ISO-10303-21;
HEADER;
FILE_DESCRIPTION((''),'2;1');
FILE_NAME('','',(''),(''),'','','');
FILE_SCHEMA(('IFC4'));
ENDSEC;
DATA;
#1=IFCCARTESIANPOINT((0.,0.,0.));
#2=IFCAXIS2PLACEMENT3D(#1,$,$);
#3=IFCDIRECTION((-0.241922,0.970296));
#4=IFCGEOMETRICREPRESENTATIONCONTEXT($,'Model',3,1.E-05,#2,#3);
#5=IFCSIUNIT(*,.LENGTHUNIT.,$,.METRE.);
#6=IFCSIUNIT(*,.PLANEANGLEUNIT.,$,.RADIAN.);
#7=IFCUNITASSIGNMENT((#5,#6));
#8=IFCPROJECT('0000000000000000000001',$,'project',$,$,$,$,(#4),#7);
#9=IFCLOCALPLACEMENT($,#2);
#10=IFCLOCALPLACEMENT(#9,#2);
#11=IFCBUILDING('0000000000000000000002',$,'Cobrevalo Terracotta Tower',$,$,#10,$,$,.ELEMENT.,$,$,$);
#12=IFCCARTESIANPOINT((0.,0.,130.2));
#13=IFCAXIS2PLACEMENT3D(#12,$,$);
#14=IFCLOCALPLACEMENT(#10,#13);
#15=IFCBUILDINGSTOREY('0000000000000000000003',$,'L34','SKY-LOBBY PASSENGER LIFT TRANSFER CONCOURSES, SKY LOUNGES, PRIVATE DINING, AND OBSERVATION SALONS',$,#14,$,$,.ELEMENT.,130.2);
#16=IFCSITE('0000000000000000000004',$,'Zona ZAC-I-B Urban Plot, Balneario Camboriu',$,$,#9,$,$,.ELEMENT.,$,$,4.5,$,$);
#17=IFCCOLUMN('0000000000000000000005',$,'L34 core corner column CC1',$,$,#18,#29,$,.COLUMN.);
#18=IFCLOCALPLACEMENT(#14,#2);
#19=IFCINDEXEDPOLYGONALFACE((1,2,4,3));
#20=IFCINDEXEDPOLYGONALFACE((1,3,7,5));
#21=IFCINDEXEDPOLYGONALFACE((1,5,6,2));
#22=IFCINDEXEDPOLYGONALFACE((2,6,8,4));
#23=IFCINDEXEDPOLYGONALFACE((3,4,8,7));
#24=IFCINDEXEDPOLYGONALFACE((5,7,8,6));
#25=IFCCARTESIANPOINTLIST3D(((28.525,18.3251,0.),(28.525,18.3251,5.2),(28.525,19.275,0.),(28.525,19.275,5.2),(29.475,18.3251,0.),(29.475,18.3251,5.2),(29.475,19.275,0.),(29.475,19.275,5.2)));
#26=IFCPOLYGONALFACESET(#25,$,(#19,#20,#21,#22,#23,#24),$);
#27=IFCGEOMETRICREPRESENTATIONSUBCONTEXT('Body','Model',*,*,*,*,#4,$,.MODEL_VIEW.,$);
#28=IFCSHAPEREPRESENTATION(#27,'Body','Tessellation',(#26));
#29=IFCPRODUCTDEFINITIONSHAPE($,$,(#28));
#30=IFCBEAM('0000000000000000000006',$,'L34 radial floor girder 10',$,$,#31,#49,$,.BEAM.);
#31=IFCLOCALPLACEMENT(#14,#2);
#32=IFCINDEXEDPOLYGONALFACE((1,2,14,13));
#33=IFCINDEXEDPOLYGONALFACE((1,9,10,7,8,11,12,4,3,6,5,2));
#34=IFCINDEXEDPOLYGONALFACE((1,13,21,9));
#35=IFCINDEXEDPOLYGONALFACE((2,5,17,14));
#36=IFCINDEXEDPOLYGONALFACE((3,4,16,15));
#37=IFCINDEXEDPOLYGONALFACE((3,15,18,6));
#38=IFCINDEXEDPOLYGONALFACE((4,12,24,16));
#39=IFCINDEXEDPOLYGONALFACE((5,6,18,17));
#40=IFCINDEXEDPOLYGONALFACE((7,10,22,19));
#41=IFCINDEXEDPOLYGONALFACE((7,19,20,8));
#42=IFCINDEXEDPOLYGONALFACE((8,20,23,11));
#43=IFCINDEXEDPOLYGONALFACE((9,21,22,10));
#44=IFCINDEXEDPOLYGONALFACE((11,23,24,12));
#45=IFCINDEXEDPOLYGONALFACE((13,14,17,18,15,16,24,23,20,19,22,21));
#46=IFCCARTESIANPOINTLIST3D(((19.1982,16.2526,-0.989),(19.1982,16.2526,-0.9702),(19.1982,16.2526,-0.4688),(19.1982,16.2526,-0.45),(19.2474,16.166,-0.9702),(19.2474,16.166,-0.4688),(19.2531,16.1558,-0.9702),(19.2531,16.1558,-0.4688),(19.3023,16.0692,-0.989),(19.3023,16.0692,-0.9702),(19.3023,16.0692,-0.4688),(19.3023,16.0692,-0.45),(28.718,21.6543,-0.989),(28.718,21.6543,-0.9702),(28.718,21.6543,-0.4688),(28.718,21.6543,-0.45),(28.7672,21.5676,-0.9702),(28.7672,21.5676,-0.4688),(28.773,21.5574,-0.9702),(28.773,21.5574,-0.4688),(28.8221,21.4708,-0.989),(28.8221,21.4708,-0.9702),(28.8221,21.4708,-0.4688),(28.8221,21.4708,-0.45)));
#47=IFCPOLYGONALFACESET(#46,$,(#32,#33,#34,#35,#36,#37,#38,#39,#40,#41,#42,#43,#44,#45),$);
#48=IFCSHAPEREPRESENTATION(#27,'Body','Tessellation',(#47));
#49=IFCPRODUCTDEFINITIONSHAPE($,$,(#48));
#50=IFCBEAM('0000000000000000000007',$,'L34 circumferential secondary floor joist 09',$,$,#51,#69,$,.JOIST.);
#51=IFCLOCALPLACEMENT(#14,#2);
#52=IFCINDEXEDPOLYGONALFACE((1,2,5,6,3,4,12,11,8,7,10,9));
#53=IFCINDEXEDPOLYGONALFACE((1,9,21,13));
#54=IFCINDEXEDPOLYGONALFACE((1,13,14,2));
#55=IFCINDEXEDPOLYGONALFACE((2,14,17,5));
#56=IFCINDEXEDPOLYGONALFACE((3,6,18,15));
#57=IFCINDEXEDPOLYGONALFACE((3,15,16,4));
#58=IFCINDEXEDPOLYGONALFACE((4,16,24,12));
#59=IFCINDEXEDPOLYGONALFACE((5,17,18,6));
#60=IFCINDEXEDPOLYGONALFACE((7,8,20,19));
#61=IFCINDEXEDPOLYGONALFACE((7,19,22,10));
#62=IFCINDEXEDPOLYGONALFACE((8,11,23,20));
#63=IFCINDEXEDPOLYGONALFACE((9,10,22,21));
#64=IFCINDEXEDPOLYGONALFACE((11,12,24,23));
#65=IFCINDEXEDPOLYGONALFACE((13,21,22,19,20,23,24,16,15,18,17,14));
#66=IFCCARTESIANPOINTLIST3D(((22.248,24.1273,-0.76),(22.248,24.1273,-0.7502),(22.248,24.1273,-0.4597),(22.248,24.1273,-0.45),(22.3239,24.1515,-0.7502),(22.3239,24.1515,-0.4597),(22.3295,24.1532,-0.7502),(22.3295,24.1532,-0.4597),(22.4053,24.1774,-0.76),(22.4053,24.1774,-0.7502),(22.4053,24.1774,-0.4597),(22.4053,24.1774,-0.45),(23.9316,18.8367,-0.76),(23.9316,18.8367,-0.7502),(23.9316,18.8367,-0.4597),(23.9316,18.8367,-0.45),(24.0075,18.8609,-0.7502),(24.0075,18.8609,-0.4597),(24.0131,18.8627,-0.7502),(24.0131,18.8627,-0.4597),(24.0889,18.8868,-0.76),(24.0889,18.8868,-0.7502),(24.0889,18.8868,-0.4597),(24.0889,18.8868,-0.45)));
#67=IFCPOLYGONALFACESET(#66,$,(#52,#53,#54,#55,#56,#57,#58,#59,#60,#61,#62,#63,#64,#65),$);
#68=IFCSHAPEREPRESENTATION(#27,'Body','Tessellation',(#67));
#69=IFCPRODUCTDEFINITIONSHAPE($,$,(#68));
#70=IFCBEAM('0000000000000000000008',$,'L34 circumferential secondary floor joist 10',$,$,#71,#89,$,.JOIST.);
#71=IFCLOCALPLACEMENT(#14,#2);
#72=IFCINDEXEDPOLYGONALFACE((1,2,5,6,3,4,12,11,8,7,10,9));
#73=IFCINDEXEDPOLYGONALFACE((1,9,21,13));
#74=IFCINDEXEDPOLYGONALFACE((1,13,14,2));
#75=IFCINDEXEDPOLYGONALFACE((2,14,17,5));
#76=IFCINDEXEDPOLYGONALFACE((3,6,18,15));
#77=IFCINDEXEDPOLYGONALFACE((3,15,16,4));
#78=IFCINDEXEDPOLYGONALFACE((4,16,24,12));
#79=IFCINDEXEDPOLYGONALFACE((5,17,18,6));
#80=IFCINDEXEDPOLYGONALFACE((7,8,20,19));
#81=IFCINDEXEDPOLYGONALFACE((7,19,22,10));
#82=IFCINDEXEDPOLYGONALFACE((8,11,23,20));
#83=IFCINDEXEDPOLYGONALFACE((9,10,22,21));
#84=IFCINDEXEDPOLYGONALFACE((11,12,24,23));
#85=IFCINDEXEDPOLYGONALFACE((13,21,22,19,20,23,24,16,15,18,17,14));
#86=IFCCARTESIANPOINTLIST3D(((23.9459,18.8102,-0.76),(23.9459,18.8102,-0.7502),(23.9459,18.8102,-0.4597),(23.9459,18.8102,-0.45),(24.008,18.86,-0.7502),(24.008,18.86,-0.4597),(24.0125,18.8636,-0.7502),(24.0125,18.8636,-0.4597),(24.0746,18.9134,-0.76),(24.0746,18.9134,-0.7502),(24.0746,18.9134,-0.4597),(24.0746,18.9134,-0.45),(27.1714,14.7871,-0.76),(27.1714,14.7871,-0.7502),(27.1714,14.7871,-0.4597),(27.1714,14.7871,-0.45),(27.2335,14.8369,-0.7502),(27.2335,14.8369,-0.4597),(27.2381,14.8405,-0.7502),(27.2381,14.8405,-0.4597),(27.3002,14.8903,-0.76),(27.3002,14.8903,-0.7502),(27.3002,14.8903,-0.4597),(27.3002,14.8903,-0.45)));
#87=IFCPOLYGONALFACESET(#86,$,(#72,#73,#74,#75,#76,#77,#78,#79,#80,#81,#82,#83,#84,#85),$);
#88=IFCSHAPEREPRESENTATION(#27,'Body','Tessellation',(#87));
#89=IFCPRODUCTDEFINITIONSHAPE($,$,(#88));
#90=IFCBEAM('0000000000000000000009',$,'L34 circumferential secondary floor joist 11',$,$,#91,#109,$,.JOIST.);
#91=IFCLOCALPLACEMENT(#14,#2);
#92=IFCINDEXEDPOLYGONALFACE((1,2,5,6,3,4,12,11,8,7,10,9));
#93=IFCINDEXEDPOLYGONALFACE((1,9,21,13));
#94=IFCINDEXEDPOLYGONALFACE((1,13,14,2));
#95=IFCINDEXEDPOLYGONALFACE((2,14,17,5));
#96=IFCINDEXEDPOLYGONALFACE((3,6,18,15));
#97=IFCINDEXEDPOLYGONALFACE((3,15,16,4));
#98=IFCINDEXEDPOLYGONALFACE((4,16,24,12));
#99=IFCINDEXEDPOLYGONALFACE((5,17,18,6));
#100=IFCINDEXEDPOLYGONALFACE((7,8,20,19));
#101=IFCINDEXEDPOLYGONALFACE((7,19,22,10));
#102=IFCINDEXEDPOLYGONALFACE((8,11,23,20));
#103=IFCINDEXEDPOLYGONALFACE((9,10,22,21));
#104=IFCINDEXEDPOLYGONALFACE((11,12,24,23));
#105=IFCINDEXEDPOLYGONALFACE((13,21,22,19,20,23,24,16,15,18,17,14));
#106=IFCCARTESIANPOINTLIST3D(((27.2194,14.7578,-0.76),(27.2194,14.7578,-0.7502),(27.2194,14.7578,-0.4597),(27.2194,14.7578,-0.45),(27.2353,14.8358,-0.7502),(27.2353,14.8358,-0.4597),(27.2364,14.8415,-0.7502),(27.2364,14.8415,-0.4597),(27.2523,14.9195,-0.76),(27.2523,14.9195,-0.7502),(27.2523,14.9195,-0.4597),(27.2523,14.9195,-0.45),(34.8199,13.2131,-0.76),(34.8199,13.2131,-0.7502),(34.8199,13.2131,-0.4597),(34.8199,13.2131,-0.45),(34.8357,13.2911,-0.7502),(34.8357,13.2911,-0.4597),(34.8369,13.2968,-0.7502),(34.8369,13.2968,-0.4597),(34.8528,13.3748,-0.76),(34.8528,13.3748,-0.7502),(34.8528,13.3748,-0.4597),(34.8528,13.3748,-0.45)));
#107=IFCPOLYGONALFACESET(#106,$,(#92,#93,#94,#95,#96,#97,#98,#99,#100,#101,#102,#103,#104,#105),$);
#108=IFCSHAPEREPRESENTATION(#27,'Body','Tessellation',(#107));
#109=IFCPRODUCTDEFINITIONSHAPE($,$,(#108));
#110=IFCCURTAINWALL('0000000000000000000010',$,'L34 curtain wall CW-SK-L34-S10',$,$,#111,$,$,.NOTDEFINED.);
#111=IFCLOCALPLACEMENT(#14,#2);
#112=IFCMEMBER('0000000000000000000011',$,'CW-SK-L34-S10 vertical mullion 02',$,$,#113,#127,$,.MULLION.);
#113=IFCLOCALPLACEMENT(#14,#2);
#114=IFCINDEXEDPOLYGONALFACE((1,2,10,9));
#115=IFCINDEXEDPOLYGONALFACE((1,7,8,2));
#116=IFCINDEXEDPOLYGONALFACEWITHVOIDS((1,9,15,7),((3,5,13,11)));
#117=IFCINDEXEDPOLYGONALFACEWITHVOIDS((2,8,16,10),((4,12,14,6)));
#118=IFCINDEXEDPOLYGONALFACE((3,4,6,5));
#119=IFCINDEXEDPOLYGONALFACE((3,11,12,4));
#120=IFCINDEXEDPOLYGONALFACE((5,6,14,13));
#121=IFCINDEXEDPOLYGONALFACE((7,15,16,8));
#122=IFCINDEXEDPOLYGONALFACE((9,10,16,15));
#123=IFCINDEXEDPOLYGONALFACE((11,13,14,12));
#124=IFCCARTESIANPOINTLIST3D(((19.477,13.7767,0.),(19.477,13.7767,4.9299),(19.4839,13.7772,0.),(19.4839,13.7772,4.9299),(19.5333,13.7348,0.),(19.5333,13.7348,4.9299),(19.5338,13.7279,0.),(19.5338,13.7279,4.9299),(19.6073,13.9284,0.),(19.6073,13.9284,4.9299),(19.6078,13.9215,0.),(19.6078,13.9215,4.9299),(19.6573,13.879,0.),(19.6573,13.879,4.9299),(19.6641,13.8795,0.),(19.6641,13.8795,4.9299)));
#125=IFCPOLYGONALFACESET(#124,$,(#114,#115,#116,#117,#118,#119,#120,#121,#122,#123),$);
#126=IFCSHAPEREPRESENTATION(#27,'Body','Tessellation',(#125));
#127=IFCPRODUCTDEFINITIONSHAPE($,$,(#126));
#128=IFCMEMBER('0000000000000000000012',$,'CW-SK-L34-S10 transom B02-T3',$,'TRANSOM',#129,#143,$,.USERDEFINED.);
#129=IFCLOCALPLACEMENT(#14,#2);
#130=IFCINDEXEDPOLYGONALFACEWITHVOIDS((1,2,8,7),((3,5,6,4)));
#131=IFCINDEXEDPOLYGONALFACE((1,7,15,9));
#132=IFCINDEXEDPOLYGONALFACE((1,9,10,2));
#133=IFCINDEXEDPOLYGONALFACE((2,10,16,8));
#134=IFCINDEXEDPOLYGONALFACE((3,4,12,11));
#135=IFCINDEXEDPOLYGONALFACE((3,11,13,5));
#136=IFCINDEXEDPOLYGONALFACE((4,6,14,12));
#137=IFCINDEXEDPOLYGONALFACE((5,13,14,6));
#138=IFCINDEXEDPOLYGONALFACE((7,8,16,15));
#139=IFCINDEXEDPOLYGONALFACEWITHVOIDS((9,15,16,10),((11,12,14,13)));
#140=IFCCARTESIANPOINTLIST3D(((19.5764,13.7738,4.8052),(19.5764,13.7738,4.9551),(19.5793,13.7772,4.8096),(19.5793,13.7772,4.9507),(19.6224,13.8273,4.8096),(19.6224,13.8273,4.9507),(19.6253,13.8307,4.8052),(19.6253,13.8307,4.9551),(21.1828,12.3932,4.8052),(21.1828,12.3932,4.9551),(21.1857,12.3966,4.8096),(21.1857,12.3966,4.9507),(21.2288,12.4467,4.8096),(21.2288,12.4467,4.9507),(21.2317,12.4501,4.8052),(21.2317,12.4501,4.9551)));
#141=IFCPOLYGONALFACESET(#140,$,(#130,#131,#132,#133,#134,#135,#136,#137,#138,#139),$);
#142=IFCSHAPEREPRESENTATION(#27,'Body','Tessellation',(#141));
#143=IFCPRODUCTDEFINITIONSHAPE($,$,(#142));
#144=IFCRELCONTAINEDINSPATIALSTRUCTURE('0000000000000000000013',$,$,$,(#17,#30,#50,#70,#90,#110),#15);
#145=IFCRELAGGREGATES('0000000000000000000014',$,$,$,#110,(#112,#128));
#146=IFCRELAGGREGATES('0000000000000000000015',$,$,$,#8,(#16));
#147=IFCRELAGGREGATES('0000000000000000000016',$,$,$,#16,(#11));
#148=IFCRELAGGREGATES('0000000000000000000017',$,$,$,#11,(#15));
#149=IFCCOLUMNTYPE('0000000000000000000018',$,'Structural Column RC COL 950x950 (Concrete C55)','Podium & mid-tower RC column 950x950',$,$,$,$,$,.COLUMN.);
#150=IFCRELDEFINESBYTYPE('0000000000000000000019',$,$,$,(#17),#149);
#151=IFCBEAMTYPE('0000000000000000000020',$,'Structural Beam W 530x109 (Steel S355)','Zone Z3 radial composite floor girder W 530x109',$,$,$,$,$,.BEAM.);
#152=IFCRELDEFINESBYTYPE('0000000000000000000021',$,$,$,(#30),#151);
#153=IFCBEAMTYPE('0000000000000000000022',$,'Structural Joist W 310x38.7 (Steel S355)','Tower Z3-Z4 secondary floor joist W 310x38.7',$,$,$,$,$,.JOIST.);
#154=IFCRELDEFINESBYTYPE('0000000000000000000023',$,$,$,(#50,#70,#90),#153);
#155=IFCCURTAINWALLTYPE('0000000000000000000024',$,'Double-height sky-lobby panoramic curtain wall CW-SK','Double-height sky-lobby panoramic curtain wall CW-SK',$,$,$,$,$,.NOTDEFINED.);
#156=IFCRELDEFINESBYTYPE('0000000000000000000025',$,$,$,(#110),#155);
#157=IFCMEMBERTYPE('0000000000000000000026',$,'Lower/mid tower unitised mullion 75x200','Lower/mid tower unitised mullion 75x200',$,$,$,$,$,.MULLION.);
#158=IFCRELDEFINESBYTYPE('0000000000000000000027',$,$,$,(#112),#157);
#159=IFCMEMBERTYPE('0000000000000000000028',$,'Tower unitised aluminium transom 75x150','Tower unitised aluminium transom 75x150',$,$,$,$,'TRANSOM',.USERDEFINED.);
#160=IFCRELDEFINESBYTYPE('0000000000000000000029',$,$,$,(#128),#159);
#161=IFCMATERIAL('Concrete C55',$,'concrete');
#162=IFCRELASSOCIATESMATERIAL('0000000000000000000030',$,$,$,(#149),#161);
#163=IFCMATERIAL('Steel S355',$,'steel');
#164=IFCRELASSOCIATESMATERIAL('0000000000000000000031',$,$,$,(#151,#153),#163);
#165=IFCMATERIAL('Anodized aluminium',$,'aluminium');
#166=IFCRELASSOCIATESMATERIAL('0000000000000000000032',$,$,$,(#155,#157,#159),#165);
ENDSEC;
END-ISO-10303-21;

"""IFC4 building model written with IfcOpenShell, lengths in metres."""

from ifc_helpers import new_model, si_unit, direction, frame, origin, origin_2d, place, context, subcontext, project, spatial, rectangle, hollow_rectangle, i_section, extrude, source, transform, mapped, material, material_profile, profile_set, type_object, element, aggregate, save


model = new_model("IFC4")

# Units and contexts
model_context = context("Model", 3, precision=1e-05, world=origin(), true_north=direction((-0.241922, 0.970296)))
body_context = subcontext(model_context, "Body", "Model", "MODEL_VIEW")
ifc_project = project(units=[si_unit("LENGTHUNIT", "METRE"), si_unit("PLANEANGLEUNIT", "RADIAN")], contexts=[model_context])

# Site, building, storey
site_placement = place(None, origin())
site = spatial("IfcSite", under=ifc_project, at=site_placement, Name="Zona ZAC-I-B Urban Plot, Balneario Camboriu", CompositionType="ELEMENT", RefElevation=4.5)
building_placement = place(site_placement, origin())
building = spatial("IfcBuilding", under=site, at=building_placement, Name="Cobrevalo Terracotta Tower", CompositionType="ELEMENT")
storey_placement = place(building_placement, frame((0.0, 0.0, 130.2)))
storey = spatial("IfcBuildingStorey", under=building, at=storey_placement, Name="L34", Description="SKY-LOBBY PASSENGER LIFT TRANSFER CONCOURSES, SKY LOUNGES, PRIVATE DINING, AND OBSERVATION SALONS", CompositionType="ELEMENT", Elevation=130.2)

# Column
ifc_material_1 = material(Name="Concrete C55", Category="concrete")
ifc_material_profile_1 = material_profile(ifc_material_1, rectangle(XDim=0.95, YDim=0.95, at=origin_2d()), Name="RC COL 950x950")
ifc_profile_set_1 = profile_set([ifc_material_profile_1], Name="Concrete C55")
column_type = type_object("IfcColumnType", Name="Structural Column RC COL 950x950 (Concrete C55)", Description="Podium & mid-tower RC column 950x950", PredefinedType="COLUMN", material=ifc_profile_set_1)
column_placement = place(storey_placement, frame((29.0, 18.8, 0.0), z_axis=(0.0, 0.0, 1.0), x_axis=(1.0, 0.0, 0.0)))
element("IfcColumn", 1, at=column_placement, inside=storey, type_object=column_type, Name="L34 core corner column CC1", PredefinedType="COLUMN", context=body_context, shape_type="SweptSolid", body=[
    extrude(rectangle(XDim=0.95, YDim=0.95, at=origin_2d()), origin(), (0.0, 0.0, 1.0), 5.2),
])

# Beams
ifc_material_2 = material(Name="Steel S355", Category="steel")
ifc_material_profile_2 = material_profile(ifc_material_2, i_section(OverallWidth=0.2109, OverallDepth=0.5391, WebThickness=0.0117, FlangeThickness=0.0188, at=origin_2d()), Name="W 530x109")
ifc_profile_set_2 = profile_set([ifc_material_profile_2], Name="Steel S355")
beam_type_1 = type_object("IfcBeamType", Name="Structural Beam W 530x109 (Steel S355)", Description="Zone Z3 radial composite floor girder W 530x109", PredefinedType="BEAM", material=ifc_profile_set_2)
beam_1_placement = place(storey_placement, frame((19.2502, 16.1609, -0.7195), z_axis=(0.869745, 0.493502, 0.0), x_axis=(-0.493502, 0.869745, 0.0)))
element("IfcBeam", 2, at=beam_1_placement, inside=storey, type_object=beam_type_1, Name="L34 radial floor girder 10", PredefinedType="BEAM", context=body_context, shape_type="SweptSolid", body=[
    extrude(i_section(OverallWidth=0.2109, OverallDepth=0.5391, WebThickness=0.0117, FlangeThickness=0.0188, at=origin_2d()), origin(), (0.0, 0.0, 1.0), 10.9456),
])
ifc_material_profile_3 = material_profile(ifc_material_2, i_section(OverallWidth=0.165, OverallDepth=0.3101, WebThickness=0.0059, FlangeThickness=0.0098, at=origin_2d()), Name="W 310x38.7")
ifc_profile_set_3 = profile_set([ifc_material_profile_3], Name="Steel S355")
beam_type_2 = type_object("IfcBeamType", Name="Structural Joist W 310x38.7 (Steel S355)", Description="Tower Z3-Z4 secondary floor joist W 310x38.7", PredefinedType="JOIST", material=ifc_profile_set_3)
beam_2_placement = place(storey_placement, frame((22.3267, 24.1523, -0.605), z_axis=(0.303244, -0.952913, 0.0), x_axis=(0.952913, 0.303244, 0.0)))
element("IfcBeam", 3, at=beam_2_placement, inside=storey, type_object=beam_type_2, Name="L34 circumferential secondary floor joist 09", PredefinedType="JOIST", context=body_context, shape_type="SweptSolid", body=[
    extrude(i_section(OverallWidth=0.165, OverallDepth=0.3101, WebThickness=0.0059, FlangeThickness=0.0098, at=origin_2d()), origin(), (0.0, 0.0, 1.0), 5.552),
])
beam_3_placement = place(storey_placement, frame((24.0103, 18.8618, -0.605), z_axis=(0.625526, -0.780203, 0.0), x_axis=(0.780203, 0.625526, 0.0)))
element("IfcBeam", 4, at=beam_3_placement, inside=storey, type_object=beam_type_2, Name="L34 circumferential secondary floor joist 10", PredefinedType="JOIST", context=body_context, shape_type="SweptSolid", body=[
    extrude(i_section(OverallWidth=0.165, OverallDepth=0.3101, WebThickness=0.0059, FlangeThickness=0.0098, at=origin_2d()), origin(), (0.0, 0.0, 1.0), 5.1565),
])
beam_4_placement = place(storey_placement, frame((27.2358, 14.8386, -0.605), z_axis=(0.979967, -0.19916, 0.0), x_axis=(0.19916, 0.979967, 0.0)))
element("IfcBeam", 5, at=beam_4_placement, inside=storey, type_object=beam_type_2, Name="L34 circumferential secondary floor joist 11", PredefinedType="JOIST", context=body_context, shape_type="SweptSolid", body=[
    extrude(i_section(OverallWidth=0.165, OverallDepth=0.3101, WebThickness=0.0059, FlangeThickness=0.0098, at=origin_2d()), origin(), (0.0, 0.0, 1.0), 7.7559),
])

# Curtain wall, members
ifc_material_3 = material(Name="Anodized aluminium", Category="aluminium")
curtain_wall_type = type_object("IfcCurtainWallType", Name="Double-height sky-lobby panoramic curtain wall CW-SK", Description="Double-height sky-lobby panoramic curtain wall CW-SK", PredefinedType="NOTDEFINED", material=ifc_material_3)
curtain_wall_placement = place(storey_placement, origin())
curtain_wall = element("IfcCurtainWall", 6, at=curtain_wall_placement, inside=storey, type_object=curtain_wall_type, Name="L34 curtain wall CW-SK-L34-S10", PredefinedType="NOTDEFINED")
ifc_material_profile_4 = material_profile(ifc_material_3, hollow_rectangle(XDim=0.075, YDim=0.2, WallThickness=0.0049, at=origin_2d()), Name="CWM 75x200")
ifc_profile_set_4 = profile_set([ifc_material_profile_4], Name="Anodized aluminium")
member_type_1 = type_object("IfcMemberType", Name="Lower/mid tower unitised mullion 75x200", Description="Lower/mid tower unitised mullion 75x200", PredefinedType="MULLION", material=ifc_profile_set_4)
shared_shape_1 = source(origin(), body_context, "Body", "SweptSolid", [
    extrude(hollow_rectangle(XDim=0.075, YDim=0.2, WallThickness=0.0049, at=origin_2d()), origin(), (0.0, 0.0, 1.0), 4.9299),
])
member_1_placement = place(storey_placement, frame((19.5706, 13.8281, 0.0), z_axis=(0.0, 0.0, 1.0), x_axis=(0.758442, -0.651741, 0.0)))
member_1 = element("IfcMember", 7, at=member_1_placement, type_object=member_type_1, Name="CW-SK-L34-S10 vertical mullion 02", PredefinedType="MULLION", context=body_context, shape_type="MappedRepresentation", body=[
    mapped(shared_shape_1, transform((0.0, 0.0, 0.0), scale=1.0)),
])
ifc_material_profile_5 = material_profile(ifc_material_3, hollow_rectangle(XDim=0.075, YDim=0.1499, WallThickness=0.0044, at=origin_2d()), Name="CWT 75x150")
ifc_profile_set_5 = profile_set([ifc_material_profile_5], Name="Anodized aluminium")
member_type_2 = type_object("IfcMemberType", Name="Tower unitised aluminium transom 75x150", Description="Tower unitised aluminium transom 75x150", ElementType="TRANSOM", PredefinedType="USERDEFINED", material=ifc_profile_set_5)
shared_shape_2 = source(origin(), body_context, "Body", "SweptSolid", [
    extrude(hollow_rectangle(XDim=0.075, YDim=0.1499, WallThickness=0.0044, at=origin_2d()), origin(), (0.0, 0.0, 1.0), 2.1182),
])
member_2_placement = place(storey_placement, frame((19.6008, 13.8022, 4.8801), z_axis=(0.758402, -0.651787, 0.0), x_axis=(0.651787, 0.758402, 0.0)))
member_2 = element("IfcMember", 8, at=member_2_placement, type_object=member_type_2, Name="CW-SK-L34-S10 transom B02-T3", ObjectType="TRANSOM", PredefinedType="USERDEFINED", context=body_context, shape_type="MappedRepresentation", body=[
    mapped(shared_shape_2, transform((0.0, 0.0, 0.0), scale=1.0)),
])
aggregate(curtain_wall, [member_1, member_2])

save(model, "model.ifc")
